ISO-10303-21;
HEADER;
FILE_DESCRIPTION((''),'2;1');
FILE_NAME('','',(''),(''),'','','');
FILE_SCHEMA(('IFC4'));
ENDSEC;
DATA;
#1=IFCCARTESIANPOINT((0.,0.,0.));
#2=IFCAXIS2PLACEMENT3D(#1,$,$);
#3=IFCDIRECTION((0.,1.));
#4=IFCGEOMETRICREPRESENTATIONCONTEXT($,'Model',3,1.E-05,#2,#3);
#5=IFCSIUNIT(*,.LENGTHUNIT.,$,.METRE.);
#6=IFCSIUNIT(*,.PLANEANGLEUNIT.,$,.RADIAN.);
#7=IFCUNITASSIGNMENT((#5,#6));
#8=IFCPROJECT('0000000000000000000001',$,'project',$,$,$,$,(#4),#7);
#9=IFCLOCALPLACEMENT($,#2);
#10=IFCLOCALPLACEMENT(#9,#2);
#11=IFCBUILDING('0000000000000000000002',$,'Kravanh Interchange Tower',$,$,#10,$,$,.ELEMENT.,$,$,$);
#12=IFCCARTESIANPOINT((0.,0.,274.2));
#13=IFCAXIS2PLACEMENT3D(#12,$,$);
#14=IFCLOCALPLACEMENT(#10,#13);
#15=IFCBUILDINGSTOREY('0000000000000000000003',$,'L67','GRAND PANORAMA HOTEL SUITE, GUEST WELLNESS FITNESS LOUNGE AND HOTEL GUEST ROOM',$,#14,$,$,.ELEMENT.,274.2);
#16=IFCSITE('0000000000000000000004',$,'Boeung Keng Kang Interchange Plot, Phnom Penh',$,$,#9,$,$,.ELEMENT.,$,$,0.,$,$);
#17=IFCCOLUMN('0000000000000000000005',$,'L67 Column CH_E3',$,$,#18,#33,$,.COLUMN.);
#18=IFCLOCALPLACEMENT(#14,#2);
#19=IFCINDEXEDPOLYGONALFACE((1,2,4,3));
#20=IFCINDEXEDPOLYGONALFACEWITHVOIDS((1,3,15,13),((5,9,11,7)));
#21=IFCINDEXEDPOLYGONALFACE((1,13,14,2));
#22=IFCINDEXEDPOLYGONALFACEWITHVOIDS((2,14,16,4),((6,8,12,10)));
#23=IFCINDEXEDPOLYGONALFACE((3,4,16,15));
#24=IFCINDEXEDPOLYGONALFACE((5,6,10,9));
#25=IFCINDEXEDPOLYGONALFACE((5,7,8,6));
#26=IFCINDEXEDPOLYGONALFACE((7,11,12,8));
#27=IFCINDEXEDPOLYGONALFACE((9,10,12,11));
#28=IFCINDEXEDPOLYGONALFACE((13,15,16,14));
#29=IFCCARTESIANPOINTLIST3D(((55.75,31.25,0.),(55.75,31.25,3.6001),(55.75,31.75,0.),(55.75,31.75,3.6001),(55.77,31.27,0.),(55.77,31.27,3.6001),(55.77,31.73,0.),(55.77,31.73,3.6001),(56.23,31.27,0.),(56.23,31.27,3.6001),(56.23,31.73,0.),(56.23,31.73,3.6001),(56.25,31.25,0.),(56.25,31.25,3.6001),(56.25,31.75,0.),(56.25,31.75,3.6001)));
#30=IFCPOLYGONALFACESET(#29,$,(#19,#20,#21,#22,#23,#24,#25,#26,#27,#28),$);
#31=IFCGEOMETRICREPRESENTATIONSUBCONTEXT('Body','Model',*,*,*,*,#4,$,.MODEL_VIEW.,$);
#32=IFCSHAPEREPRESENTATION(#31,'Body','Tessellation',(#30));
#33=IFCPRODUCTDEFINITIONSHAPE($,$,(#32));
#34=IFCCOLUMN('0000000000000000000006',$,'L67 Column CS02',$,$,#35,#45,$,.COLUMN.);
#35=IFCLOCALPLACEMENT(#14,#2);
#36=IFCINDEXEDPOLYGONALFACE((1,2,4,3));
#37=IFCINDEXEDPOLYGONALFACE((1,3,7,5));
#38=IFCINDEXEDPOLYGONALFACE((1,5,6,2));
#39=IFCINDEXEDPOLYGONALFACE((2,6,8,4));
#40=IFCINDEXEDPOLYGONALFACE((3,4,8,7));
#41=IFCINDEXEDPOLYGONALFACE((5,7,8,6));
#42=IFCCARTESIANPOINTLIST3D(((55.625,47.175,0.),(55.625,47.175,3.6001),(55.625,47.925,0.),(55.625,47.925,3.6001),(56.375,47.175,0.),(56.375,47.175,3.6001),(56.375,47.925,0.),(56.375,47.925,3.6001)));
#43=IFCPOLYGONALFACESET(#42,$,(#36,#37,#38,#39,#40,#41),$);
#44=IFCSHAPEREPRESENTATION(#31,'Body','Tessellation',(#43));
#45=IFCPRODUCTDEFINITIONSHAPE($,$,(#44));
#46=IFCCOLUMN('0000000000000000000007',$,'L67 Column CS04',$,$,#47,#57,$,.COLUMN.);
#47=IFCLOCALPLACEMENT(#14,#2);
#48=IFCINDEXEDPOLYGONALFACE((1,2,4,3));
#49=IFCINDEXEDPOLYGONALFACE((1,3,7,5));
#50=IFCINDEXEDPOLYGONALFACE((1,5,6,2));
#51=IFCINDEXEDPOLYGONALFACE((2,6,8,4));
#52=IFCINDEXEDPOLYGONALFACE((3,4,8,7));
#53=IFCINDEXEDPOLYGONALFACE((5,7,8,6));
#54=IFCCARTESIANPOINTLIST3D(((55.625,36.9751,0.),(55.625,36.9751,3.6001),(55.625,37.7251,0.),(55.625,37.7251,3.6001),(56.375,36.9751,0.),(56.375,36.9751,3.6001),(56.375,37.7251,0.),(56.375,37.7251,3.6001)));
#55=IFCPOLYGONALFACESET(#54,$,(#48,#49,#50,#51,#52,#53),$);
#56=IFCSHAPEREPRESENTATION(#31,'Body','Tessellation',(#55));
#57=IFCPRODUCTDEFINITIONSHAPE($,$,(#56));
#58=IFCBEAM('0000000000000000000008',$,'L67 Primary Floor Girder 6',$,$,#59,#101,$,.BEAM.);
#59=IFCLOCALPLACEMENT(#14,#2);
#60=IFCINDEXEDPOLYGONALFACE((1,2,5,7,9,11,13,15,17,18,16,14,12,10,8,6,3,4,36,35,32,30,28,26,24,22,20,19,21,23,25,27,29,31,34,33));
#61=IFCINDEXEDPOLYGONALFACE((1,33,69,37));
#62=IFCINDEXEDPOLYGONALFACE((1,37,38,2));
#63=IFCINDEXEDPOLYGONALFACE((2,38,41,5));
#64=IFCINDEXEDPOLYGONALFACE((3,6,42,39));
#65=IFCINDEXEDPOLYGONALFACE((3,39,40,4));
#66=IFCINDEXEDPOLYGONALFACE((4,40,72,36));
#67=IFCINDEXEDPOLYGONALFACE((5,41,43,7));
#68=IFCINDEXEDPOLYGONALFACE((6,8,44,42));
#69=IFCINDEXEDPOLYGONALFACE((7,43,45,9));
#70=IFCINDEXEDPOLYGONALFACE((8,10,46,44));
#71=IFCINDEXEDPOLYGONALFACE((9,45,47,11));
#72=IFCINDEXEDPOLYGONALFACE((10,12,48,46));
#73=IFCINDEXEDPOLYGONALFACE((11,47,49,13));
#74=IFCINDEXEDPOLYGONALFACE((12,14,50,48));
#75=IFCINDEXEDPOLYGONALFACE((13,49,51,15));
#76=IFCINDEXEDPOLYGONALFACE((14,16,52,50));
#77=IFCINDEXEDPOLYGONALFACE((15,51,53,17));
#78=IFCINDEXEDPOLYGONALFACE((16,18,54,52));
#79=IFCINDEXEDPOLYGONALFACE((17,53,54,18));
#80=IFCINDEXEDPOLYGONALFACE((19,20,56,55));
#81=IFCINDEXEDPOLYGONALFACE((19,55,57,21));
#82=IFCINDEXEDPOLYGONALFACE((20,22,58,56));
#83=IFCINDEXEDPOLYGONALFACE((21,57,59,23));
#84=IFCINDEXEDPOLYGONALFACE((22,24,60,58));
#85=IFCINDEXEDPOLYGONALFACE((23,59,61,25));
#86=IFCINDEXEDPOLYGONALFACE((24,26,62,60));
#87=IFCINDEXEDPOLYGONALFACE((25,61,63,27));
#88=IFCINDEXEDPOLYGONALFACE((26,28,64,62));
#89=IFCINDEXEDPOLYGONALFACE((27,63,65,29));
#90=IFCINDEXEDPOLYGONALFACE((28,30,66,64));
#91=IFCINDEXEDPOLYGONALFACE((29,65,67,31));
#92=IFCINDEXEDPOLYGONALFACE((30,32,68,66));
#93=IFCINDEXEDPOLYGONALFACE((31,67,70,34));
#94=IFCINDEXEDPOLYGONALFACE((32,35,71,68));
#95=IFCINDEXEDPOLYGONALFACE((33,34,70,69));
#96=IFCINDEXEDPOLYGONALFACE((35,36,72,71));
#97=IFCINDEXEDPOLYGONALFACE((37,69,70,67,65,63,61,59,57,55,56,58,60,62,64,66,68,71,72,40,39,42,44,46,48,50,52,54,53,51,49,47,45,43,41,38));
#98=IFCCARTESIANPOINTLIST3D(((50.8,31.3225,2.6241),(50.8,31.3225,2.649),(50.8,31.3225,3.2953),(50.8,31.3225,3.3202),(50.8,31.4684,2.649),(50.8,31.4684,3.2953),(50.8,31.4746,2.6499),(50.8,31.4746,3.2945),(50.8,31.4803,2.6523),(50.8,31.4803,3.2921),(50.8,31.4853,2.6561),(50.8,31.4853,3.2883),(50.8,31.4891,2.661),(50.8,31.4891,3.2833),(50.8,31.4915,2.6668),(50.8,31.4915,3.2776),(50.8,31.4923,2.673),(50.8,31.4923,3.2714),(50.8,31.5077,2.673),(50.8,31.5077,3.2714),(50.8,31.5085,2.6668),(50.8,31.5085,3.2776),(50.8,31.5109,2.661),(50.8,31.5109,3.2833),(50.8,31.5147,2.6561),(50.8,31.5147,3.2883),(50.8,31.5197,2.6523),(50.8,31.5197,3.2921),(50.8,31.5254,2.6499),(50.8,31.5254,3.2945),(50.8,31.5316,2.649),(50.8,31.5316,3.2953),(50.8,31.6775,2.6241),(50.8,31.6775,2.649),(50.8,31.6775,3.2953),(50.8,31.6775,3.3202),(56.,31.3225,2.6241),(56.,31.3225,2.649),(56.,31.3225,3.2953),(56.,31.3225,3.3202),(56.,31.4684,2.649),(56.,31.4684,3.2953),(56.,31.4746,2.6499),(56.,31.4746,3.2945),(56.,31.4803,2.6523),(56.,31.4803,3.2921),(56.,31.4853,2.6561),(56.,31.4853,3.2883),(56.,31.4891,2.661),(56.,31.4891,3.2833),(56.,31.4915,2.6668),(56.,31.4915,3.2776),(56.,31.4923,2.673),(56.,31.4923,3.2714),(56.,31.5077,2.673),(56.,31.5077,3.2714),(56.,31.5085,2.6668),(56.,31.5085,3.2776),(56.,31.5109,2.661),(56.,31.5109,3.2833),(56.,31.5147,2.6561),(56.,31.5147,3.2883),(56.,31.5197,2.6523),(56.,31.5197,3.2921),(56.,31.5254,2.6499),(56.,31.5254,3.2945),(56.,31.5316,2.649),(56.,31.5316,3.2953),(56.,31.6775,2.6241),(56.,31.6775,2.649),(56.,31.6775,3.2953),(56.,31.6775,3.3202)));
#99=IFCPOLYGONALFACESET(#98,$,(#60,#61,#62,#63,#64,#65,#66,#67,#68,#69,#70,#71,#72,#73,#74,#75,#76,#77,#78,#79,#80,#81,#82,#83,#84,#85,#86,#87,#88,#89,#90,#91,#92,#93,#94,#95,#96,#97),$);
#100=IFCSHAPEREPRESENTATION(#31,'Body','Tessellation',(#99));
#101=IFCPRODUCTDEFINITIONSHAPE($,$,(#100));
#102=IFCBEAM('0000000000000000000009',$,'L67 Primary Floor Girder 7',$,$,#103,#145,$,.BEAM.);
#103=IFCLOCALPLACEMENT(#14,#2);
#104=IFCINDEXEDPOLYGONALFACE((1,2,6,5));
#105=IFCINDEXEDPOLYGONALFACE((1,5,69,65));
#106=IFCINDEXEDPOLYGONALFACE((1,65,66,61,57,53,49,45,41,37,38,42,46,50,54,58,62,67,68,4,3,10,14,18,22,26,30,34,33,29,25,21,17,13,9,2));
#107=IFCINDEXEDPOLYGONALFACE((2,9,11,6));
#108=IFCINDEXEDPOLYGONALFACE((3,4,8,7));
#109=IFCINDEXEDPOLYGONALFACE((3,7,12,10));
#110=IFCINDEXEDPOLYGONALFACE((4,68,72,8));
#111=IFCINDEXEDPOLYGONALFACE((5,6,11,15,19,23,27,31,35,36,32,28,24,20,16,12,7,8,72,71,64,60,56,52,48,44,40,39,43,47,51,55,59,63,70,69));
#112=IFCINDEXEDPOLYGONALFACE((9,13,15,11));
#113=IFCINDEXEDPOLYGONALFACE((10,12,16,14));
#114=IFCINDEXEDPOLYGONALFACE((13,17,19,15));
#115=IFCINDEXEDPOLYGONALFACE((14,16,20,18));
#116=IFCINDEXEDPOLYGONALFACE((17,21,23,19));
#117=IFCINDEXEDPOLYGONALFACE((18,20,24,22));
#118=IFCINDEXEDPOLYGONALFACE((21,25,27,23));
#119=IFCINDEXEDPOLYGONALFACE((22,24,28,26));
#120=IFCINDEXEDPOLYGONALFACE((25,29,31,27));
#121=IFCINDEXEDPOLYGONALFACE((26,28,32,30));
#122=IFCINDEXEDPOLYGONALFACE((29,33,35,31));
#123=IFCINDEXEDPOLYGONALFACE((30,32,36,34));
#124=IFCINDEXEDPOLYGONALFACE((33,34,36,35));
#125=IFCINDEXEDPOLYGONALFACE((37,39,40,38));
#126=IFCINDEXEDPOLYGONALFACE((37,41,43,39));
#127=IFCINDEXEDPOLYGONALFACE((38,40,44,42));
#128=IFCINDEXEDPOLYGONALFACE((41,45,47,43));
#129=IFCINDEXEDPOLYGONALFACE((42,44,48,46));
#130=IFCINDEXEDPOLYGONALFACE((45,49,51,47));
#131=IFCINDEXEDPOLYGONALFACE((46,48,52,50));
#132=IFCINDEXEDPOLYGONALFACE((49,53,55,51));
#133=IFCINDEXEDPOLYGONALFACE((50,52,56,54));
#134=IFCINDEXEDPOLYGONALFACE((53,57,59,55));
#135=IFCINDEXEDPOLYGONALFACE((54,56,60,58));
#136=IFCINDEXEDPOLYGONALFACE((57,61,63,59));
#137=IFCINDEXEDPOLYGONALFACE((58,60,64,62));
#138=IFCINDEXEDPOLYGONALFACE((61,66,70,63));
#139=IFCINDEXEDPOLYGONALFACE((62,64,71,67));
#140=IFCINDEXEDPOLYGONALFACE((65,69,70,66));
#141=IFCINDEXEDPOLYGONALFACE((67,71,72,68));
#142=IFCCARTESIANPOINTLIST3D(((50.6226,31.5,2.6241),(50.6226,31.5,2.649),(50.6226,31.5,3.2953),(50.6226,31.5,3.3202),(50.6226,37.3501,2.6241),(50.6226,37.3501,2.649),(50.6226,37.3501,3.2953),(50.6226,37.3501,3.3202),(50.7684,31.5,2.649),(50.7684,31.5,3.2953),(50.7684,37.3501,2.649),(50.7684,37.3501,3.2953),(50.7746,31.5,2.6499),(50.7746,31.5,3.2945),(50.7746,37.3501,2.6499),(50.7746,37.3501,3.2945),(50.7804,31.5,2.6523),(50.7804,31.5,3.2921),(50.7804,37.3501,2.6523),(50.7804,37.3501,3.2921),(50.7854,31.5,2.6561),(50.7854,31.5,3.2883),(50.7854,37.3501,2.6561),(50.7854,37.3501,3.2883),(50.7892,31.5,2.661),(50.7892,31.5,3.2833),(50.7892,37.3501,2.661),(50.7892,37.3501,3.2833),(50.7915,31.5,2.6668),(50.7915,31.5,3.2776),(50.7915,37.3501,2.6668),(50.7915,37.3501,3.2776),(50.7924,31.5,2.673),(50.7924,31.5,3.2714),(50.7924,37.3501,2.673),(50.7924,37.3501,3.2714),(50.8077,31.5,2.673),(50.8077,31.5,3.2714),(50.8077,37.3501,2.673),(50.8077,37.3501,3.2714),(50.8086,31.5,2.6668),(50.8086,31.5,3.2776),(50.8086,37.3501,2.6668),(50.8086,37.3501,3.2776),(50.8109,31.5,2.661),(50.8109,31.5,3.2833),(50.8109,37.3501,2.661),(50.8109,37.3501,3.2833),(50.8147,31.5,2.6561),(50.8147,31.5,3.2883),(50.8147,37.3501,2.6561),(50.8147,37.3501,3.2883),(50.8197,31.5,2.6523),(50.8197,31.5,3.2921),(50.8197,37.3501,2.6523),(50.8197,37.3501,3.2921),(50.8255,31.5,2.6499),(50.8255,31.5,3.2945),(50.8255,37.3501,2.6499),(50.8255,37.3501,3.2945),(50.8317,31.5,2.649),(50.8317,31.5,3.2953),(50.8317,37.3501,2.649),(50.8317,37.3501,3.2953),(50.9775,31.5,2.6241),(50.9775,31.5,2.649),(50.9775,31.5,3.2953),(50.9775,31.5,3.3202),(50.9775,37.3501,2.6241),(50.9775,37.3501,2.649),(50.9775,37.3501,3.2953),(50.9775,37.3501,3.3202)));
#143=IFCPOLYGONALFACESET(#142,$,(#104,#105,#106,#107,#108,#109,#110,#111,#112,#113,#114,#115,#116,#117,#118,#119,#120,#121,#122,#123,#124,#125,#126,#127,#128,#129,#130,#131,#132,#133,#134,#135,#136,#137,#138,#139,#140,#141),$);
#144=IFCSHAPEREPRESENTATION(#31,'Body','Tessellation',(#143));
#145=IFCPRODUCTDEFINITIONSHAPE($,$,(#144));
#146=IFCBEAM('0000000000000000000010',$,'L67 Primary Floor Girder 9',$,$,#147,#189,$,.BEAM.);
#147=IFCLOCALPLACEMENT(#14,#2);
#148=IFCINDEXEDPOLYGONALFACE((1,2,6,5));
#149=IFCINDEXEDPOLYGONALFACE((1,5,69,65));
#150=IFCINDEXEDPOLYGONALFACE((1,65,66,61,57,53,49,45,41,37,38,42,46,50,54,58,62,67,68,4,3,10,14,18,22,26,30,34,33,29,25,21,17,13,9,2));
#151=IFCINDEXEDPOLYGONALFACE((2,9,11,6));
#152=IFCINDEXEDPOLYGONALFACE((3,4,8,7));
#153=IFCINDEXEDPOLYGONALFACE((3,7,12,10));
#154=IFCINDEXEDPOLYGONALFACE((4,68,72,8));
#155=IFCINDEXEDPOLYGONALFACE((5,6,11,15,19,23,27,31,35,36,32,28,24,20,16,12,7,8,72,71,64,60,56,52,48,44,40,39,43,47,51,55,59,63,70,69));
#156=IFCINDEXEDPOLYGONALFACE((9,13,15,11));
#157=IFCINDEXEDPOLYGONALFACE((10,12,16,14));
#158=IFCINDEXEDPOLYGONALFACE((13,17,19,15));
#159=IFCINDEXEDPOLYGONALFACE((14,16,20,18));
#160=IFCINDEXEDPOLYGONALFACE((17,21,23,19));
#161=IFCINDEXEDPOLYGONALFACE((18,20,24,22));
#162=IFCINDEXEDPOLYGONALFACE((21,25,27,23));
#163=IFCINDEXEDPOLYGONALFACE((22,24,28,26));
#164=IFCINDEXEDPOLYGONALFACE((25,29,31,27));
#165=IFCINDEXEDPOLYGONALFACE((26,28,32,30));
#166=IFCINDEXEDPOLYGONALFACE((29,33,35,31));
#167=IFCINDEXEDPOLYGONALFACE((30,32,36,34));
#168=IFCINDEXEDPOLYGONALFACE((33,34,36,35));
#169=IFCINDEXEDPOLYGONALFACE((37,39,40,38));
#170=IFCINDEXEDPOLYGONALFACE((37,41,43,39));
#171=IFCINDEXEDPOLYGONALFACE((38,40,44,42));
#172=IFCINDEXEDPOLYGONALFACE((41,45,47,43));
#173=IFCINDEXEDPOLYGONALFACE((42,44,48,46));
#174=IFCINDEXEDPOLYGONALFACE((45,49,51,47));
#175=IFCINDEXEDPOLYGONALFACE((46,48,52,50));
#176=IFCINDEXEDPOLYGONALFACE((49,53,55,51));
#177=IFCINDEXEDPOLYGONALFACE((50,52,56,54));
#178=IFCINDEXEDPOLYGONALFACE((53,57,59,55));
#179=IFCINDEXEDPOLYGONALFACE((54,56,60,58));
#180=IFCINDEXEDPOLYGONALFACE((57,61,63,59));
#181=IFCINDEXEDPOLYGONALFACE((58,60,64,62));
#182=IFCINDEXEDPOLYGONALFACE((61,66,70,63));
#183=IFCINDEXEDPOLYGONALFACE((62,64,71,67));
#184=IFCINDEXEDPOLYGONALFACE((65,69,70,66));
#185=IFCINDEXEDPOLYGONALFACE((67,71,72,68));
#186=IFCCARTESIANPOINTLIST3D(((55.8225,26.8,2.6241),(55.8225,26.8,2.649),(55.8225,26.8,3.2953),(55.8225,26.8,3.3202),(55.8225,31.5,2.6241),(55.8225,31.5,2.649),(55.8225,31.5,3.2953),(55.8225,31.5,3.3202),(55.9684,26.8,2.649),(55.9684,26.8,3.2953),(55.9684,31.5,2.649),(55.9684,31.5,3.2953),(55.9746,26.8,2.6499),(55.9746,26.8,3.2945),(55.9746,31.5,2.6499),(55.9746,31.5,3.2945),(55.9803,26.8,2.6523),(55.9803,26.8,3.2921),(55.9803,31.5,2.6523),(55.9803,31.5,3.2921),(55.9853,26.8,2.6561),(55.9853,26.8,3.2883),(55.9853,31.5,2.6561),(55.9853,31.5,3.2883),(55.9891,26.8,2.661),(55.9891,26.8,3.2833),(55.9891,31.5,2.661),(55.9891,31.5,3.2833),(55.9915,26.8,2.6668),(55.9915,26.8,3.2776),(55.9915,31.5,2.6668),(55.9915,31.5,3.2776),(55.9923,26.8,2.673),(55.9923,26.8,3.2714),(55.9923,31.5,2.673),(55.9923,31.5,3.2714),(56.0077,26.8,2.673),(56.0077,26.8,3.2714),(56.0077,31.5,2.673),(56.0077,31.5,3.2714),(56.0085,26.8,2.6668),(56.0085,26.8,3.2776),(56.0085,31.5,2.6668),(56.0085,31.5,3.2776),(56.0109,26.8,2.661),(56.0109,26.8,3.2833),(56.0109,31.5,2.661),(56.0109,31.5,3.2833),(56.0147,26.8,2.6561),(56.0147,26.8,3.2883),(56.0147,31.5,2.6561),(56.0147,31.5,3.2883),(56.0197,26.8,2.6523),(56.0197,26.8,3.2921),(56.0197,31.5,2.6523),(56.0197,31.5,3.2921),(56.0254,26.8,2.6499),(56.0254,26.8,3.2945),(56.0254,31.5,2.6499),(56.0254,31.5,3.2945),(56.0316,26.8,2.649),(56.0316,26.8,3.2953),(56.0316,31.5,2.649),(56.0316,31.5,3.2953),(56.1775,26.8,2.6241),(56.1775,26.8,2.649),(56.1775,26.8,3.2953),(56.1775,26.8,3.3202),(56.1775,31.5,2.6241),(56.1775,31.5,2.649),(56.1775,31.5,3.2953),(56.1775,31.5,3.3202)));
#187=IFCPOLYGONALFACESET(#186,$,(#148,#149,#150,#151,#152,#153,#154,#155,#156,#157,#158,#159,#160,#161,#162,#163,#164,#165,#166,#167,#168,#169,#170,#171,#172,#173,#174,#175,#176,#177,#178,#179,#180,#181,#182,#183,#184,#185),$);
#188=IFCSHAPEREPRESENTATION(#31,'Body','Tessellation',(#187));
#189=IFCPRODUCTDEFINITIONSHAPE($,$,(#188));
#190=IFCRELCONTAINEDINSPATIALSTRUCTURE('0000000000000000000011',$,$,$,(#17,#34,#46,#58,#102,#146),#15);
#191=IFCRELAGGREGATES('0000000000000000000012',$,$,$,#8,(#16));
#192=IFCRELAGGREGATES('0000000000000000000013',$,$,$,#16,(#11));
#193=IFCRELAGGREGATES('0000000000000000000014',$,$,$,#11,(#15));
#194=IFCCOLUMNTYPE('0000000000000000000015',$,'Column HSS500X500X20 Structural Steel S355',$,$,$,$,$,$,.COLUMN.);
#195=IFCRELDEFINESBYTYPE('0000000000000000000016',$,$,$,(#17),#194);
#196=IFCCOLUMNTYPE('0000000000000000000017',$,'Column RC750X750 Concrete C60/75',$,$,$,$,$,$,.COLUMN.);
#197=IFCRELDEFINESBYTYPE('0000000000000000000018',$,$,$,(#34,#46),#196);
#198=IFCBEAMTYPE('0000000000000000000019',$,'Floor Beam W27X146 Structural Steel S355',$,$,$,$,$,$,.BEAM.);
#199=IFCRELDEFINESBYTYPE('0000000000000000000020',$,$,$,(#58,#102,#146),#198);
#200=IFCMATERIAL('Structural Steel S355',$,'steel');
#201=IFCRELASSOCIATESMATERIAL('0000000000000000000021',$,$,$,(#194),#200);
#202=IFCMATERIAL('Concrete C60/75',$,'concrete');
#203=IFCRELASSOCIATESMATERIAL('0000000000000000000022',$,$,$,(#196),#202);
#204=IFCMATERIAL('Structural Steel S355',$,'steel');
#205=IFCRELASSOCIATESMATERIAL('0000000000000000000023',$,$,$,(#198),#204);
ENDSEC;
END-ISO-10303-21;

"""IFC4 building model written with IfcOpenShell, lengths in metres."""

from ifc_helpers import new_model, si_unit, direction, frame, origin, origin_2d, place, context, subcontext, project, spatial, rectangle, hollow_rectangle, i_section, extrude, material, material_profile, profile_set, type_object, element, save


model = new_model("IFC4")

# Units and contexts
model_context = context("Model", 3, precision=1e-05, world=origin(), true_north=direction((0.0, 1.0)))
body_context = subcontext(model_context, "Body", "Model", "MODEL_VIEW")
ifc_project = project(units=[si_unit("LENGTHUNIT", "METRE"), si_unit("PLANEANGLEUNIT", "RADIAN")], contexts=[model_context])

# Site, building, storey
site_placement = place(None, origin())
site = spatial("IfcSite", under=ifc_project, at=site_placement, Name="Boeung Keng Kang Interchange Plot, Phnom Penh", CompositionType="ELEMENT", RefElevation=0.0)
building_placement = place(site_placement, origin())
building = spatial("IfcBuilding", under=site, at=building_placement, Name="Kravanh Interchange Tower", CompositionType="ELEMENT")
storey_placement = place(building_placement, frame((0.0, 0.0, 274.2)))
storey = spatial("IfcBuildingStorey", under=building, at=storey_placement, Name="L67", Description="GRAND PANORAMA HOTEL SUITE, GUEST WELLNESS FITNESS LOUNGE AND HOTEL GUEST ROOM", CompositionType="ELEMENT", Elevation=274.2)

# Columns
ifc_material_1 = material(Name="Structural Steel S355", Category="steel")
ifc_material_profile_1 = material_profile(ifc_material_1, hollow_rectangle(XDim=0.5, YDim=0.5, WallThickness=0.02, at=origin_2d()), Name="HSS500X500X20")
ifc_profile_set_1 = profile_set([ifc_material_profile_1], Name="Structural Steel S355")
column_type_1 = type_object("IfcColumnType", Name="Column HSS500X500X20 Structural Steel S355", PredefinedType="COLUMN", material=ifc_profile_set_1)
column_placement = place(storey_placement, frame((56.0, 31.5, 0.0), z_axis=(0.0, 0.0, 1.0), x_axis=(1.0, 0.0, 0.0)))
element("IfcColumn", 1, at=column_placement, inside=storey, type_object=column_type_1, Name="L67 Column CH_E3", PredefinedType="COLUMN", context=body_context, shape_type="SweptSolid", body=[
    extrude(hollow_rectangle(XDim=0.5, YDim=0.5, WallThickness=0.02, at=origin_2d()), origin(), (0.0, 0.0, 1.0), 3.6001),
])
ifc_material_2 = material(Name="Concrete C60/75", Category="concrete")
ifc_material_profile_2 = material_profile(ifc_material_2, rectangle(XDim=0.75, YDim=0.75, at=origin_2d()), Name="RC750X750")
ifc_profile_set_2 = profile_set([ifc_material_profile_2], Name="Concrete C60/75")
column_type_2 = type_object("IfcColumnType", Name="Column RC750X750 Concrete C60/75", PredefinedType="COLUMN", material=ifc_profile_set_2)
for number, where, z_axis, x_axis, name in (
    (2, (56.0, 47.55, 0.0), (0.0, 0.0, 1.0), (1.0, 0.0, 0.0), "L67 Column CS02"),
    (3, (56.0, 37.3501, 0.0), (0.0, 0.0, 1.0), (1.0, 0.0, 0.0), "L67 Column CS04"),
):
    element("IfcColumn", number, at=place(storey_placement, frame(where, z_axis=z_axis, x_axis=x_axis)), inside=storey, type_object=column_type_2, Name=name, PredefinedType="COLUMN", context=body_context, shape_type="SweptSolid", body=[
        extrude(rectangle(XDim=0.75, YDim=0.75, at=origin_2d()), origin(), (0.0, 0.0, 1.0), 3.6001),
    ])

# Beams
ifc_material_3 = material(Name="Structural Steel S355", Category="steel")
ifc_material_profile_3 = material_profile(ifc_material_3, i_section(OverallWidth=0.355, OverallDepth=0.696, WebThickness=0.0154, FlangeThickness=0.0249, FilletRadius=0.0239, at=origin_2d()), Name="W27X146")
ifc_profile_set_3 = profile_set([ifc_material_profile_3], Name="Structural Steel S355")
beam_type_1 = type_object("IfcBeamType", Name="Floor Beam W27X146 Structural Steel S355", PredefinedType="BEAM", material=ifc_profile_set_3)
beam_1_placement = place(storey_placement, frame((50.8, 31.5, 2.9722), z_axis=(1.0, 0.0, 0.0), x_axis=(0.0, 1.0, 0.0)))
element("IfcBeam", 4, at=beam_1_placement, inside=storey, type_object=beam_type_1, Name="L67 Primary Floor Girder 6", PredefinedType="BEAM", context=body_context, shape_type="SweptSolid", body=[
    extrude(i_section(OverallWidth=0.355, OverallDepth=0.696, WebThickness=0.0154, FlangeThickness=0.0249, FilletRadius=0.0239, at=origin_2d()), origin(), (0.0, 0.0, 1.0), 5.2),
])
beam_2_placement = place(storey_placement, frame((50.8, 31.5, 2.9722), z_axis=(0.0, 1.0, 0.0), x_axis=(-1.0, 0.0, 0.0)))
element("IfcBeam", 5, at=beam_2_placement, inside=storey, type_object=beam_type_1, Name="L67 Primary Floor Girder 7", PredefinedType="BEAM", context=body_context, shape_type="SweptSolid", body=[
    extrude(i_section(OverallWidth=0.355, OverallDepth=0.696, WebThickness=0.0154, FlangeThickness=0.0249, FilletRadius=0.0239, at=origin_2d()), origin(), (0.0, 0.0, 1.0), 5.8501),
])
beam_3_placement = place(storey_placement, frame((56.0, 31.5, 2.9722), z_axis=(0.0, -1.0, 0.0), x_axis=(1.0, 0.0, 0.0)))
element("IfcBeam", 6, at=beam_3_placement, inside=storey, type_object=beam_type_1, Name="L67 Primary Floor Girder 9", PredefinedType="BEAM", context=body_context, shape_type="SweptSolid", body=[
    extrude(i_section(OverallWidth=0.355, OverallDepth=0.696, WebThickness=0.0154, FlangeThickness=0.0249, FilletRadius=0.0239, at=origin_2d()), origin(), (0.0, 0.0, 1.0), 4.7),
])

save(model, "model.ifc")
